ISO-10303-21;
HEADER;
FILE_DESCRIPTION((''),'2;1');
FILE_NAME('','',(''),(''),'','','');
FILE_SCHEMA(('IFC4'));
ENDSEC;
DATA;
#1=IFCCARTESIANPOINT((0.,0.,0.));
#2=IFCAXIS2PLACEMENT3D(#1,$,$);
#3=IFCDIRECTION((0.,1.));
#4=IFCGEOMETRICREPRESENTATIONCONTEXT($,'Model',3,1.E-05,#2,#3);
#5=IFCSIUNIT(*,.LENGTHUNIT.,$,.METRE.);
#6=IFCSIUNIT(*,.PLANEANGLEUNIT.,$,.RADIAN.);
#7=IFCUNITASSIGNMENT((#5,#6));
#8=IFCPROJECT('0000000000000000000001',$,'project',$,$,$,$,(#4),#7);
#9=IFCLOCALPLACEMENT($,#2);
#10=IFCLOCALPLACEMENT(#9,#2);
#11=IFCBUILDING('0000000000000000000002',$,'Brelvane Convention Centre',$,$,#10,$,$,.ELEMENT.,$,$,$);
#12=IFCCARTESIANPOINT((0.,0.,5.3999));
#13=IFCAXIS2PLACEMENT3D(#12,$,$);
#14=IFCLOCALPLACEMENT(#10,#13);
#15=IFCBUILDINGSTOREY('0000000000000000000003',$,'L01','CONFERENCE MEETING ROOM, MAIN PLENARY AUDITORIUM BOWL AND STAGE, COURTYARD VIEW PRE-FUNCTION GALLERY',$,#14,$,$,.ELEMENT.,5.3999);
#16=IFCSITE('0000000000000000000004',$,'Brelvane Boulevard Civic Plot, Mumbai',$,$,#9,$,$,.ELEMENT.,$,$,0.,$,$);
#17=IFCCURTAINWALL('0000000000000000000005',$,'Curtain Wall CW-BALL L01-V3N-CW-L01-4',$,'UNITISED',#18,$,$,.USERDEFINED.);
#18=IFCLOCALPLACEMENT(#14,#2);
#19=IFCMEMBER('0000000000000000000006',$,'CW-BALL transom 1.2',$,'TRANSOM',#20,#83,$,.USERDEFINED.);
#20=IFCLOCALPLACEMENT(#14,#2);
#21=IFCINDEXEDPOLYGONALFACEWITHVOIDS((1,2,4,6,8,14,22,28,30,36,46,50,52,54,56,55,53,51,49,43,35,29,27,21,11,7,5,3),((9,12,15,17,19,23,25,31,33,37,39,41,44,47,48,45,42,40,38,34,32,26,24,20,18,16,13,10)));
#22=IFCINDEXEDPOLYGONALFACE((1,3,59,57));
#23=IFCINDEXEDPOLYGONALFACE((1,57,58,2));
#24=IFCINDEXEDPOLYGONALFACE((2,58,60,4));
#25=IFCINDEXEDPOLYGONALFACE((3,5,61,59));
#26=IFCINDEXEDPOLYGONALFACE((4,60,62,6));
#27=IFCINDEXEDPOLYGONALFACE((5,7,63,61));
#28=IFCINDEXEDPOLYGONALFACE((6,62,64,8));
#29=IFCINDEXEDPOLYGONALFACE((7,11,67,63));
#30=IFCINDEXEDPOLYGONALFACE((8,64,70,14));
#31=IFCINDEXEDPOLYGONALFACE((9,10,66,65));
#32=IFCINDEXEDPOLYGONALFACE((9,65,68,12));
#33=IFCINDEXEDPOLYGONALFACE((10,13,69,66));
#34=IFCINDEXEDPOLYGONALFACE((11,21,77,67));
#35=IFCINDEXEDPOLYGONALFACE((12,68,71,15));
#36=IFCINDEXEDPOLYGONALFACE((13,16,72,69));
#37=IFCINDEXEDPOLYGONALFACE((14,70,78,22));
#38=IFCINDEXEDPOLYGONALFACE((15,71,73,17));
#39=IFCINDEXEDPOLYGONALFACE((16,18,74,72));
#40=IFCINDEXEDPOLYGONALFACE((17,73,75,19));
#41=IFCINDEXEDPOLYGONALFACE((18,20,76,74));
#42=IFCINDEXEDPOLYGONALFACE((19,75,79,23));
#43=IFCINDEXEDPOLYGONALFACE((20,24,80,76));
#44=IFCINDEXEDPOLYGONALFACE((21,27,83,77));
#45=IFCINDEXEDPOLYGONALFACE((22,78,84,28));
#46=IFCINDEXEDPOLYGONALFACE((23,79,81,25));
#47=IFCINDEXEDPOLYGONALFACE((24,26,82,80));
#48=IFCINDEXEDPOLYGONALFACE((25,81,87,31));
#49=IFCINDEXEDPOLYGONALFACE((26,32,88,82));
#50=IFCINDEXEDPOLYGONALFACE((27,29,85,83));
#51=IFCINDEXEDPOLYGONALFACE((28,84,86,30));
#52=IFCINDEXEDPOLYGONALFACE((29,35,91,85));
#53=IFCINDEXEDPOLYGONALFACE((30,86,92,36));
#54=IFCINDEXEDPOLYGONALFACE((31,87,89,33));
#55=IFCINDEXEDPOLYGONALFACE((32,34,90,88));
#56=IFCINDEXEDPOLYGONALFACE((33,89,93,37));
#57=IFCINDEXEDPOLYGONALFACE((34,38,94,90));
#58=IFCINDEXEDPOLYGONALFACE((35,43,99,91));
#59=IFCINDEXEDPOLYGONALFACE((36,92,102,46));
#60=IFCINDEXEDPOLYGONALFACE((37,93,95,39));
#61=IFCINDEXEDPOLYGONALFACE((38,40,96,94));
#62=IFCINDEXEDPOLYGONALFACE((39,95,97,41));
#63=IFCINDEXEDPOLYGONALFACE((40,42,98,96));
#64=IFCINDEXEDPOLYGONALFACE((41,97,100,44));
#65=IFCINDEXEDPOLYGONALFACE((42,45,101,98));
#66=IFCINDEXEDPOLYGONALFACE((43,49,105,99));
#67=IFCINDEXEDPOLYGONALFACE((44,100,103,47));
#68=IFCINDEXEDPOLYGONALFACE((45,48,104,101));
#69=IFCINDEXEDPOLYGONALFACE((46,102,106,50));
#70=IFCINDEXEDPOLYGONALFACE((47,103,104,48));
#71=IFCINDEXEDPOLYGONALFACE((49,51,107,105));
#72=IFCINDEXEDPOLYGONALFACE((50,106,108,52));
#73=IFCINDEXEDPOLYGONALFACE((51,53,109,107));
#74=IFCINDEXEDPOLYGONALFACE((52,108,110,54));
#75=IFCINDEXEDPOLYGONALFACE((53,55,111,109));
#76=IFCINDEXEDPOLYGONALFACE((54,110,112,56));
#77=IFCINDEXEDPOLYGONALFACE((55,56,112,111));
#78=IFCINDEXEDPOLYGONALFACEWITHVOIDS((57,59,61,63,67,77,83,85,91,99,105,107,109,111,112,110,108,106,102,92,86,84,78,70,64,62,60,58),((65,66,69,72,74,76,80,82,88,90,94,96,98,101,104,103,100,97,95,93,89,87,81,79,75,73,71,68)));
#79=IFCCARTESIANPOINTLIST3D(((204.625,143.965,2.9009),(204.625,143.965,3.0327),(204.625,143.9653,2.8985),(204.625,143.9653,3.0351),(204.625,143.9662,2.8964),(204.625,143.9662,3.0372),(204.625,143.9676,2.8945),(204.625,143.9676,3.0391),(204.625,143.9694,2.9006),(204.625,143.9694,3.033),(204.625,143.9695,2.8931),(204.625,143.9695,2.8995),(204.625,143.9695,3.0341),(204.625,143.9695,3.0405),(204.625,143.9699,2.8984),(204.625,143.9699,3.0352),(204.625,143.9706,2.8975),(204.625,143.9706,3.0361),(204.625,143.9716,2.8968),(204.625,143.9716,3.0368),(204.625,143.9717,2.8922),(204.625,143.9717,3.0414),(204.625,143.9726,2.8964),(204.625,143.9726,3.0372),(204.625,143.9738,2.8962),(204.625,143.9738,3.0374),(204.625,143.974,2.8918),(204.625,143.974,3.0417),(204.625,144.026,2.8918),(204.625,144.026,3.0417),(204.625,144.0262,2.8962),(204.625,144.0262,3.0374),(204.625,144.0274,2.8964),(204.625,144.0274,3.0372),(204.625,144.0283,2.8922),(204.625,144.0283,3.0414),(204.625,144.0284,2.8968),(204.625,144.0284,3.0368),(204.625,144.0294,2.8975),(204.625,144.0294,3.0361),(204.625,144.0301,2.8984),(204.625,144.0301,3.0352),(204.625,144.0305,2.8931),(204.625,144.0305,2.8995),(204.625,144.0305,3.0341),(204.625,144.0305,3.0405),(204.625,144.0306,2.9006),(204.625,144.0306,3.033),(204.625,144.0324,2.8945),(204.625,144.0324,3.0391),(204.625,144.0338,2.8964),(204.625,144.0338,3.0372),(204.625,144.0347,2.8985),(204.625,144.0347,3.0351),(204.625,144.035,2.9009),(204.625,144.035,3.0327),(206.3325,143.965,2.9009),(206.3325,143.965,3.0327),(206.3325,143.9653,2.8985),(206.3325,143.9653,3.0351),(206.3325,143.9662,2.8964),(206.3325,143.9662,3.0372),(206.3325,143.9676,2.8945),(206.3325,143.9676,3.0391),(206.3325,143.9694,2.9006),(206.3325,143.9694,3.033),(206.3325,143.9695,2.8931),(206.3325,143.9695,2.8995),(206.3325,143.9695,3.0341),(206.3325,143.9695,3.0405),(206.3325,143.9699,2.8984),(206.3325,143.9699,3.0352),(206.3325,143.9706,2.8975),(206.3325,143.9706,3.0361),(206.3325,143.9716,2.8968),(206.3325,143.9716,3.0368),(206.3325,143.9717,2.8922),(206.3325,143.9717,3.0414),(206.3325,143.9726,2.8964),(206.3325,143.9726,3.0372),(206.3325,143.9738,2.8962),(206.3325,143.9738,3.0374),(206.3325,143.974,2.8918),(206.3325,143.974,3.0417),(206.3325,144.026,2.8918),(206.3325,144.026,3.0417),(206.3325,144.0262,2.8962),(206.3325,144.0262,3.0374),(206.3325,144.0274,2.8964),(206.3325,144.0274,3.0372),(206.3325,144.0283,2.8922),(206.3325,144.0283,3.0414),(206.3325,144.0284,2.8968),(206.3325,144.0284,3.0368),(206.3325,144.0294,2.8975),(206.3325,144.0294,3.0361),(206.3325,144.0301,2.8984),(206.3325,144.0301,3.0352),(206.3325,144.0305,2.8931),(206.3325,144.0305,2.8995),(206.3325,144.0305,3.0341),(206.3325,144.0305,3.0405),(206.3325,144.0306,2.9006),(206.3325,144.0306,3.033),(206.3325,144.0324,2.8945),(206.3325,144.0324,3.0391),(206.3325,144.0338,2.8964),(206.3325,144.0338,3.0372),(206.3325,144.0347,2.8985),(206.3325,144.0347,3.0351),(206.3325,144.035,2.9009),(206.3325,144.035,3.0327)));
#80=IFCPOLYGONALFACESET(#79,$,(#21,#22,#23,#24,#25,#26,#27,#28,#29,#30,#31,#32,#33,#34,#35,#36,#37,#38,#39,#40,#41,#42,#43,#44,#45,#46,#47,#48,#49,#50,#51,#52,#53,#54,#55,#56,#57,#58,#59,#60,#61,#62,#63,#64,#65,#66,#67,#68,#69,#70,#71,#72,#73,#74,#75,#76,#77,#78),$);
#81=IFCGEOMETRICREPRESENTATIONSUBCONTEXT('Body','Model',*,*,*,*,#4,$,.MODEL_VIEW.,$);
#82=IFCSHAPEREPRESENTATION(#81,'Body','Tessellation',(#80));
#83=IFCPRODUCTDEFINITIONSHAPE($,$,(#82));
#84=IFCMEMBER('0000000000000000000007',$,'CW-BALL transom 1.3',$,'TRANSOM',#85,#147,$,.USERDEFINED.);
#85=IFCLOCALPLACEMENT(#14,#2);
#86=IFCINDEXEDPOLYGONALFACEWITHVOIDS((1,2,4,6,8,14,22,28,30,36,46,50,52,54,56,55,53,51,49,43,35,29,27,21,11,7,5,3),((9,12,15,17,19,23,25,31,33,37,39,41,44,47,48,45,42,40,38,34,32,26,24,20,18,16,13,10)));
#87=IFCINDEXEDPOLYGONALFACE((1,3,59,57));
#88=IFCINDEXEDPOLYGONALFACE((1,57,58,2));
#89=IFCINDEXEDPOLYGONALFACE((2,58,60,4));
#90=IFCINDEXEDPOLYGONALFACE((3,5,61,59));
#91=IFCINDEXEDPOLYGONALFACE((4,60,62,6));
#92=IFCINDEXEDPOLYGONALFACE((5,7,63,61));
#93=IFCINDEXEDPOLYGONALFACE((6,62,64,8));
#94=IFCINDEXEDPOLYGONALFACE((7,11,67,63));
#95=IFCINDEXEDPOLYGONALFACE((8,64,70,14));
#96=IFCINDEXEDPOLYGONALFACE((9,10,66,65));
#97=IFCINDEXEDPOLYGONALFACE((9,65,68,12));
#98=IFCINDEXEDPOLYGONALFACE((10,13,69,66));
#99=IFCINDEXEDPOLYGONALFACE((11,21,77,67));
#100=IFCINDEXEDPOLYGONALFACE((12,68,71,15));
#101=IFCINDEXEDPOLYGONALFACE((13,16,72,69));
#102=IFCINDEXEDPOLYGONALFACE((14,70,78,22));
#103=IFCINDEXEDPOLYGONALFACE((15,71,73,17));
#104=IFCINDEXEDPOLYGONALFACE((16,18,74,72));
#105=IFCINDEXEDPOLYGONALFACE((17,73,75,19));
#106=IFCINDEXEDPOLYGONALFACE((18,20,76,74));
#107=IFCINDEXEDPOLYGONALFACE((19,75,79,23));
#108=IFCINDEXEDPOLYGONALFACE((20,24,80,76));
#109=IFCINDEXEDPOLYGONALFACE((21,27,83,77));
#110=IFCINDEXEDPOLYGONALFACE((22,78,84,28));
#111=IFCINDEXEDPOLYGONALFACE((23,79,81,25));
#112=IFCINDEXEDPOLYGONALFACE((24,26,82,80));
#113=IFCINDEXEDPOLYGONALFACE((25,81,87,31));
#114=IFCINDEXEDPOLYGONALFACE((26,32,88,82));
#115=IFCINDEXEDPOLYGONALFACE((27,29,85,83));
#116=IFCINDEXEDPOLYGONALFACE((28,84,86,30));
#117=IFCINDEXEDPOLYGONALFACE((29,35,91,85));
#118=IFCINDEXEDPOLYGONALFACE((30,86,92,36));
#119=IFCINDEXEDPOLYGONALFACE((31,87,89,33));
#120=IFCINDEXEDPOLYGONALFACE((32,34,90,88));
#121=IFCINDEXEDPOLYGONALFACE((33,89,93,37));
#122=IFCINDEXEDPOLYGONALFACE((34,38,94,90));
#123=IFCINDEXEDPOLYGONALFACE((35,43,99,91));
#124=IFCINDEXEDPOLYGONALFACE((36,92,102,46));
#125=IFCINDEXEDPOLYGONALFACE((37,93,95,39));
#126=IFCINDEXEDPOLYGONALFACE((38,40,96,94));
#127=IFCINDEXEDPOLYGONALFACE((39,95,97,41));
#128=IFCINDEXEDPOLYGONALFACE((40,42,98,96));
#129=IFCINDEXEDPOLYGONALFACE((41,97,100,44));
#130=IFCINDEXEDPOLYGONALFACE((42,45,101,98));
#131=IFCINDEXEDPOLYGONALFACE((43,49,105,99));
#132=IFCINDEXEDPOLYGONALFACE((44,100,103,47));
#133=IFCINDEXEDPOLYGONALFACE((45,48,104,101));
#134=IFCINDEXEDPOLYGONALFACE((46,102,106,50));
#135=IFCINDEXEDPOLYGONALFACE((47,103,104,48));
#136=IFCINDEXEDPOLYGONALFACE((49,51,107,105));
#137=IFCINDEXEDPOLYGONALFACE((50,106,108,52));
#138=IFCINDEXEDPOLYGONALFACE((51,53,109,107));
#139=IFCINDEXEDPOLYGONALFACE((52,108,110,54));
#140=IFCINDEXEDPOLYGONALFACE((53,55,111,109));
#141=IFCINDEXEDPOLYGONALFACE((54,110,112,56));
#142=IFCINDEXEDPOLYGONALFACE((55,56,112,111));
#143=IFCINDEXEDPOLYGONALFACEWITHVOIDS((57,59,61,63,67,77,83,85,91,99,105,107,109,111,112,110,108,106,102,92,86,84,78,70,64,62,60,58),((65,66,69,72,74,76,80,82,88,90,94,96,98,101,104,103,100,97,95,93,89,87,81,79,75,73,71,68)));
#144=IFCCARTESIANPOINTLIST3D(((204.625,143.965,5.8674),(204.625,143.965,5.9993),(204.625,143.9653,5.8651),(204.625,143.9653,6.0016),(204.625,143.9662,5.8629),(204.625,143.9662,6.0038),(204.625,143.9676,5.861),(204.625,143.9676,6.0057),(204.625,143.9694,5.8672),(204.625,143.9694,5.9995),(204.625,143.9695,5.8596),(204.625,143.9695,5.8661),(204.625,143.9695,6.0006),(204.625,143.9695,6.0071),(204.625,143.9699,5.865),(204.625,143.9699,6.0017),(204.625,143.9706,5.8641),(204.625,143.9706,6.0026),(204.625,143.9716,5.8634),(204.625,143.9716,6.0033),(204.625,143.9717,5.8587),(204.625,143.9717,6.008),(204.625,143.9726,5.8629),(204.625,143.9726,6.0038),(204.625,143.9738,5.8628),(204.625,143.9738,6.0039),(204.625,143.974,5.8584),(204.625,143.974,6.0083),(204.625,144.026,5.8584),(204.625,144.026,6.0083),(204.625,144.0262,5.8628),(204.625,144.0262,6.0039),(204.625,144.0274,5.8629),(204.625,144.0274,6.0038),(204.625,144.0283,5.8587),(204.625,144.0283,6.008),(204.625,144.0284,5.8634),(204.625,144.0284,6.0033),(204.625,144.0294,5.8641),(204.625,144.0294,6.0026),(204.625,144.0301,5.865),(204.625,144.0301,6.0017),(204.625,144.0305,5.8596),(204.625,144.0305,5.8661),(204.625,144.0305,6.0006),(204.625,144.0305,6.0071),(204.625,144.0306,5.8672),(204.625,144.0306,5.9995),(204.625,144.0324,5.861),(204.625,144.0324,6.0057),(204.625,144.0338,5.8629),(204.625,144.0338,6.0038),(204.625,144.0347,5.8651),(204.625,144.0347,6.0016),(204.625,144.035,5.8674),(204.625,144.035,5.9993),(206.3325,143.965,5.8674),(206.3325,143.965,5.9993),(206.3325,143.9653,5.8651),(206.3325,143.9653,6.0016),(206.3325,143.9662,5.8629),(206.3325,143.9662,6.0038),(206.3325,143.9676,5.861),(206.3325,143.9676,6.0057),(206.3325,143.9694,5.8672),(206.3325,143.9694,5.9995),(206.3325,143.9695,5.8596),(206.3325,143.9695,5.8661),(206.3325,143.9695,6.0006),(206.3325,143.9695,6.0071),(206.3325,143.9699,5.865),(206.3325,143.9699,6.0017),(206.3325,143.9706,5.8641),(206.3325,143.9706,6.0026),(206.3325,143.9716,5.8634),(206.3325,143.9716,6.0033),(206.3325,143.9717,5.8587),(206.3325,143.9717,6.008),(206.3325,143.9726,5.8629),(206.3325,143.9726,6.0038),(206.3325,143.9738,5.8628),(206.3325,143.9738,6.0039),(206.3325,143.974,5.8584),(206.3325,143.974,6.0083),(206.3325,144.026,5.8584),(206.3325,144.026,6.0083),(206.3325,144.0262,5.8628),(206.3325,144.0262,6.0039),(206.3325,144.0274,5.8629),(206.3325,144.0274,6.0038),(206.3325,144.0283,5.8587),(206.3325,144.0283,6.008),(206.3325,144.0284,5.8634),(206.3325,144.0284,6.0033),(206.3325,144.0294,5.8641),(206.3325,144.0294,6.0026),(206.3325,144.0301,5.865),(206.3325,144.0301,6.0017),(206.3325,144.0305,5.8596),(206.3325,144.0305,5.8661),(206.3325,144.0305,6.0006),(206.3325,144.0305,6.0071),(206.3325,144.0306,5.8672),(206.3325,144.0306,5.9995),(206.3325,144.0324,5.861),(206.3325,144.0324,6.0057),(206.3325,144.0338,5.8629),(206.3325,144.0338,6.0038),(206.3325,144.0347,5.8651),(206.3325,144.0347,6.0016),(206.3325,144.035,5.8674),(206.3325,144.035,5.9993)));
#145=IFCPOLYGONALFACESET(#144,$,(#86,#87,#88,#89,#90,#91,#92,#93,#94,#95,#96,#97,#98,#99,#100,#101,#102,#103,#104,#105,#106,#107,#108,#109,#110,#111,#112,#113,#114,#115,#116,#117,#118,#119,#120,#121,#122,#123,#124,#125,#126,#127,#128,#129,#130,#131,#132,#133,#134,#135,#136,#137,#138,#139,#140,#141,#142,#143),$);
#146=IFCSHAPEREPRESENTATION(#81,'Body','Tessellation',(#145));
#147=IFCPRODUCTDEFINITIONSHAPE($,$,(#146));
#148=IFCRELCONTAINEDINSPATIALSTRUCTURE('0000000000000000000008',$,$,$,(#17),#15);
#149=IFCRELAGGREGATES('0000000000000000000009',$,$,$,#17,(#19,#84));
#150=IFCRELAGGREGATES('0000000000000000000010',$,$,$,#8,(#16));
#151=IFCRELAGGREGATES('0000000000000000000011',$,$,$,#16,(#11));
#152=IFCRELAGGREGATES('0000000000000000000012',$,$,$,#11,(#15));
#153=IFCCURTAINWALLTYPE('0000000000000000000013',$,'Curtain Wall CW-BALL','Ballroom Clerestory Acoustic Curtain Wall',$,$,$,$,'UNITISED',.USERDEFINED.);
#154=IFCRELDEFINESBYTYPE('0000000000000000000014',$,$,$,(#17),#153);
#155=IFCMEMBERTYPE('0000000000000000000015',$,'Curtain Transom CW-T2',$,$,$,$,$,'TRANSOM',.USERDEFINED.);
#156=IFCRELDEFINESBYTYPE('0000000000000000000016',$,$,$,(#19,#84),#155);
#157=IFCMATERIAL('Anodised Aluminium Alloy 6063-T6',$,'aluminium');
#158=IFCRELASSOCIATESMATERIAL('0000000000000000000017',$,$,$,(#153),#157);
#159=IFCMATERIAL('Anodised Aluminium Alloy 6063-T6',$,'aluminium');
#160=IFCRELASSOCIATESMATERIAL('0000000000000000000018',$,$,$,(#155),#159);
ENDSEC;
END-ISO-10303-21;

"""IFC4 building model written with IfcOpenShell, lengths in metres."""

from ifc_helpers import new_model, si_unit, direction, frame, origin, origin_2d, place, context, subcontext, project, spatial, hollow_rectangle, extrude, material, material_profile, profile_set, type_object, element, aggregate, save


model = new_model("IFC4")

# Units and contexts
model_context = context("Model", 3, precision=1e-05, world=origin(), true_north=direction((0.0, 1.0)))
body_context = subcontext(model_context, "Body", "Model", "MODEL_VIEW")
ifc_project = project(units=[si_unit("LENGTHUNIT", "METRE"), si_unit("PLANEANGLEUNIT", "RADIAN")], contexts=[model_context])

# Site, building, storey
site_placement = place(None, origin())
site = spatial("IfcSite", under=ifc_project, at=site_placement, Name="Brelvane Boulevard Civic Plot, Mumbai", CompositionType="ELEMENT", RefElevation=0.0)
building_placement = place(site_placement, origin())
building = spatial("IfcBuilding", under=site, at=building_placement, Name="Brelvane Convention Centre", CompositionType="ELEMENT")
storey_placement = place(building_placement, frame((0.0, 0.0, 5.3999)))
storey = spatial("IfcBuildingStorey", under=building, at=storey_placement, Name="L01", Description="CONFERENCE MEETING ROOM, MAIN PLENARY AUDITORIUM BOWL AND STAGE, COURTYARD VIEW PRE-FUNCTION GALLERY", CompositionType="ELEMENT", Elevation=5.3999)

# Curtain wall
ifc_material_1 = material(Name="Anodised Aluminium Alloy 6063-T6", Category="aluminium")
curtain_wall_type = type_object("IfcCurtainWallType", Name="Curtain Wall CW-BALL", Description="Ballroom Clerestory Acoustic Curtain Wall", ElementType="UNITISED", PredefinedType="USERDEFINED", material=ifc_material_1)
curtain_wall_1_placement = place(storey_placement, origin())
curtain_wall_1 = element("IfcCurtainWall", 1, at=curtain_wall_1_placement, inside=storey, type_object=curtain_wall_type, Name="Curtain Wall CW-BALL L01-V3N-CW-L01-4", ObjectType="UNITISED", PredefinedType="USERDEFINED")

# Members
ifc_material_2 = material(Name="Anodised Aluminium Alloy 6063-T6", Category="aluminium")
ifc_material_profile_1 = material_profile(ifc_material_2, hollow_rectangle(XDim=0.0701, YDim=0.1499, WallThickness=0.0044, InnerFilletRadius=0.0044, OuterFilletRadius=0.009, at=origin_2d()), Name="ALU-T 150x70x4.5")
ifc_profile_set_1 = profile_set([ifc_material_profile_1], Name="Anodised Aluminium Alloy 6063-T6")
member_type_1 = type_object("IfcMemberType", Name="Curtain Transom CW-T2", ElementType="TRANSOM", PredefinedType="USERDEFINED", material=ifc_profile_set_1)
member_1_placement = place(storey_placement, frame((204.625, 144.0, 2.9668), z_axis=(1.0, 0.0, 0.0), x_axis=(0.0, 1.0, 0.0)))
member_1 = element("IfcMember", 2, at=member_1_placement, type_object=member_type_1, Name="CW-BALL transom 1.2", ObjectType="TRANSOM", PredefinedType="USERDEFINED", context=body_context, shape_type="SweptSolid", body=[
    extrude(hollow_rectangle(XDim=0.0701, YDim=0.1499, WallThickness=0.0044, InnerFilletRadius=0.0044, OuterFilletRadius=0.009, at=origin_2d()), origin(), (0.0, 0.0, 1.0), 1.7075),
])
member_2_placement = place(storey_placement, frame((204.625, 144.0, 5.9333), z_axis=(1.0, 0.0, 0.0), x_axis=(0.0, 1.0, 0.0)))
member_2 = element("IfcMember", 3, at=member_2_placement, type_object=member_type_1, Name="CW-BALL transom 1.3", ObjectType="TRANSOM", PredefinedType="USERDEFINED", context=body_context, shape_type="SweptSolid", body=[
    extrude(hollow_rectangle(XDim=0.0701, YDim=0.1499, WallThickness=0.0044, InnerFilletRadius=0.0044, OuterFilletRadius=0.009, at=origin_2d()), origin(), (0.0, 0.0, 1.0), 1.7075),
])

aggregate(curtain_wall_1, [member_1, member_2])

save(model, "model.ifc")
